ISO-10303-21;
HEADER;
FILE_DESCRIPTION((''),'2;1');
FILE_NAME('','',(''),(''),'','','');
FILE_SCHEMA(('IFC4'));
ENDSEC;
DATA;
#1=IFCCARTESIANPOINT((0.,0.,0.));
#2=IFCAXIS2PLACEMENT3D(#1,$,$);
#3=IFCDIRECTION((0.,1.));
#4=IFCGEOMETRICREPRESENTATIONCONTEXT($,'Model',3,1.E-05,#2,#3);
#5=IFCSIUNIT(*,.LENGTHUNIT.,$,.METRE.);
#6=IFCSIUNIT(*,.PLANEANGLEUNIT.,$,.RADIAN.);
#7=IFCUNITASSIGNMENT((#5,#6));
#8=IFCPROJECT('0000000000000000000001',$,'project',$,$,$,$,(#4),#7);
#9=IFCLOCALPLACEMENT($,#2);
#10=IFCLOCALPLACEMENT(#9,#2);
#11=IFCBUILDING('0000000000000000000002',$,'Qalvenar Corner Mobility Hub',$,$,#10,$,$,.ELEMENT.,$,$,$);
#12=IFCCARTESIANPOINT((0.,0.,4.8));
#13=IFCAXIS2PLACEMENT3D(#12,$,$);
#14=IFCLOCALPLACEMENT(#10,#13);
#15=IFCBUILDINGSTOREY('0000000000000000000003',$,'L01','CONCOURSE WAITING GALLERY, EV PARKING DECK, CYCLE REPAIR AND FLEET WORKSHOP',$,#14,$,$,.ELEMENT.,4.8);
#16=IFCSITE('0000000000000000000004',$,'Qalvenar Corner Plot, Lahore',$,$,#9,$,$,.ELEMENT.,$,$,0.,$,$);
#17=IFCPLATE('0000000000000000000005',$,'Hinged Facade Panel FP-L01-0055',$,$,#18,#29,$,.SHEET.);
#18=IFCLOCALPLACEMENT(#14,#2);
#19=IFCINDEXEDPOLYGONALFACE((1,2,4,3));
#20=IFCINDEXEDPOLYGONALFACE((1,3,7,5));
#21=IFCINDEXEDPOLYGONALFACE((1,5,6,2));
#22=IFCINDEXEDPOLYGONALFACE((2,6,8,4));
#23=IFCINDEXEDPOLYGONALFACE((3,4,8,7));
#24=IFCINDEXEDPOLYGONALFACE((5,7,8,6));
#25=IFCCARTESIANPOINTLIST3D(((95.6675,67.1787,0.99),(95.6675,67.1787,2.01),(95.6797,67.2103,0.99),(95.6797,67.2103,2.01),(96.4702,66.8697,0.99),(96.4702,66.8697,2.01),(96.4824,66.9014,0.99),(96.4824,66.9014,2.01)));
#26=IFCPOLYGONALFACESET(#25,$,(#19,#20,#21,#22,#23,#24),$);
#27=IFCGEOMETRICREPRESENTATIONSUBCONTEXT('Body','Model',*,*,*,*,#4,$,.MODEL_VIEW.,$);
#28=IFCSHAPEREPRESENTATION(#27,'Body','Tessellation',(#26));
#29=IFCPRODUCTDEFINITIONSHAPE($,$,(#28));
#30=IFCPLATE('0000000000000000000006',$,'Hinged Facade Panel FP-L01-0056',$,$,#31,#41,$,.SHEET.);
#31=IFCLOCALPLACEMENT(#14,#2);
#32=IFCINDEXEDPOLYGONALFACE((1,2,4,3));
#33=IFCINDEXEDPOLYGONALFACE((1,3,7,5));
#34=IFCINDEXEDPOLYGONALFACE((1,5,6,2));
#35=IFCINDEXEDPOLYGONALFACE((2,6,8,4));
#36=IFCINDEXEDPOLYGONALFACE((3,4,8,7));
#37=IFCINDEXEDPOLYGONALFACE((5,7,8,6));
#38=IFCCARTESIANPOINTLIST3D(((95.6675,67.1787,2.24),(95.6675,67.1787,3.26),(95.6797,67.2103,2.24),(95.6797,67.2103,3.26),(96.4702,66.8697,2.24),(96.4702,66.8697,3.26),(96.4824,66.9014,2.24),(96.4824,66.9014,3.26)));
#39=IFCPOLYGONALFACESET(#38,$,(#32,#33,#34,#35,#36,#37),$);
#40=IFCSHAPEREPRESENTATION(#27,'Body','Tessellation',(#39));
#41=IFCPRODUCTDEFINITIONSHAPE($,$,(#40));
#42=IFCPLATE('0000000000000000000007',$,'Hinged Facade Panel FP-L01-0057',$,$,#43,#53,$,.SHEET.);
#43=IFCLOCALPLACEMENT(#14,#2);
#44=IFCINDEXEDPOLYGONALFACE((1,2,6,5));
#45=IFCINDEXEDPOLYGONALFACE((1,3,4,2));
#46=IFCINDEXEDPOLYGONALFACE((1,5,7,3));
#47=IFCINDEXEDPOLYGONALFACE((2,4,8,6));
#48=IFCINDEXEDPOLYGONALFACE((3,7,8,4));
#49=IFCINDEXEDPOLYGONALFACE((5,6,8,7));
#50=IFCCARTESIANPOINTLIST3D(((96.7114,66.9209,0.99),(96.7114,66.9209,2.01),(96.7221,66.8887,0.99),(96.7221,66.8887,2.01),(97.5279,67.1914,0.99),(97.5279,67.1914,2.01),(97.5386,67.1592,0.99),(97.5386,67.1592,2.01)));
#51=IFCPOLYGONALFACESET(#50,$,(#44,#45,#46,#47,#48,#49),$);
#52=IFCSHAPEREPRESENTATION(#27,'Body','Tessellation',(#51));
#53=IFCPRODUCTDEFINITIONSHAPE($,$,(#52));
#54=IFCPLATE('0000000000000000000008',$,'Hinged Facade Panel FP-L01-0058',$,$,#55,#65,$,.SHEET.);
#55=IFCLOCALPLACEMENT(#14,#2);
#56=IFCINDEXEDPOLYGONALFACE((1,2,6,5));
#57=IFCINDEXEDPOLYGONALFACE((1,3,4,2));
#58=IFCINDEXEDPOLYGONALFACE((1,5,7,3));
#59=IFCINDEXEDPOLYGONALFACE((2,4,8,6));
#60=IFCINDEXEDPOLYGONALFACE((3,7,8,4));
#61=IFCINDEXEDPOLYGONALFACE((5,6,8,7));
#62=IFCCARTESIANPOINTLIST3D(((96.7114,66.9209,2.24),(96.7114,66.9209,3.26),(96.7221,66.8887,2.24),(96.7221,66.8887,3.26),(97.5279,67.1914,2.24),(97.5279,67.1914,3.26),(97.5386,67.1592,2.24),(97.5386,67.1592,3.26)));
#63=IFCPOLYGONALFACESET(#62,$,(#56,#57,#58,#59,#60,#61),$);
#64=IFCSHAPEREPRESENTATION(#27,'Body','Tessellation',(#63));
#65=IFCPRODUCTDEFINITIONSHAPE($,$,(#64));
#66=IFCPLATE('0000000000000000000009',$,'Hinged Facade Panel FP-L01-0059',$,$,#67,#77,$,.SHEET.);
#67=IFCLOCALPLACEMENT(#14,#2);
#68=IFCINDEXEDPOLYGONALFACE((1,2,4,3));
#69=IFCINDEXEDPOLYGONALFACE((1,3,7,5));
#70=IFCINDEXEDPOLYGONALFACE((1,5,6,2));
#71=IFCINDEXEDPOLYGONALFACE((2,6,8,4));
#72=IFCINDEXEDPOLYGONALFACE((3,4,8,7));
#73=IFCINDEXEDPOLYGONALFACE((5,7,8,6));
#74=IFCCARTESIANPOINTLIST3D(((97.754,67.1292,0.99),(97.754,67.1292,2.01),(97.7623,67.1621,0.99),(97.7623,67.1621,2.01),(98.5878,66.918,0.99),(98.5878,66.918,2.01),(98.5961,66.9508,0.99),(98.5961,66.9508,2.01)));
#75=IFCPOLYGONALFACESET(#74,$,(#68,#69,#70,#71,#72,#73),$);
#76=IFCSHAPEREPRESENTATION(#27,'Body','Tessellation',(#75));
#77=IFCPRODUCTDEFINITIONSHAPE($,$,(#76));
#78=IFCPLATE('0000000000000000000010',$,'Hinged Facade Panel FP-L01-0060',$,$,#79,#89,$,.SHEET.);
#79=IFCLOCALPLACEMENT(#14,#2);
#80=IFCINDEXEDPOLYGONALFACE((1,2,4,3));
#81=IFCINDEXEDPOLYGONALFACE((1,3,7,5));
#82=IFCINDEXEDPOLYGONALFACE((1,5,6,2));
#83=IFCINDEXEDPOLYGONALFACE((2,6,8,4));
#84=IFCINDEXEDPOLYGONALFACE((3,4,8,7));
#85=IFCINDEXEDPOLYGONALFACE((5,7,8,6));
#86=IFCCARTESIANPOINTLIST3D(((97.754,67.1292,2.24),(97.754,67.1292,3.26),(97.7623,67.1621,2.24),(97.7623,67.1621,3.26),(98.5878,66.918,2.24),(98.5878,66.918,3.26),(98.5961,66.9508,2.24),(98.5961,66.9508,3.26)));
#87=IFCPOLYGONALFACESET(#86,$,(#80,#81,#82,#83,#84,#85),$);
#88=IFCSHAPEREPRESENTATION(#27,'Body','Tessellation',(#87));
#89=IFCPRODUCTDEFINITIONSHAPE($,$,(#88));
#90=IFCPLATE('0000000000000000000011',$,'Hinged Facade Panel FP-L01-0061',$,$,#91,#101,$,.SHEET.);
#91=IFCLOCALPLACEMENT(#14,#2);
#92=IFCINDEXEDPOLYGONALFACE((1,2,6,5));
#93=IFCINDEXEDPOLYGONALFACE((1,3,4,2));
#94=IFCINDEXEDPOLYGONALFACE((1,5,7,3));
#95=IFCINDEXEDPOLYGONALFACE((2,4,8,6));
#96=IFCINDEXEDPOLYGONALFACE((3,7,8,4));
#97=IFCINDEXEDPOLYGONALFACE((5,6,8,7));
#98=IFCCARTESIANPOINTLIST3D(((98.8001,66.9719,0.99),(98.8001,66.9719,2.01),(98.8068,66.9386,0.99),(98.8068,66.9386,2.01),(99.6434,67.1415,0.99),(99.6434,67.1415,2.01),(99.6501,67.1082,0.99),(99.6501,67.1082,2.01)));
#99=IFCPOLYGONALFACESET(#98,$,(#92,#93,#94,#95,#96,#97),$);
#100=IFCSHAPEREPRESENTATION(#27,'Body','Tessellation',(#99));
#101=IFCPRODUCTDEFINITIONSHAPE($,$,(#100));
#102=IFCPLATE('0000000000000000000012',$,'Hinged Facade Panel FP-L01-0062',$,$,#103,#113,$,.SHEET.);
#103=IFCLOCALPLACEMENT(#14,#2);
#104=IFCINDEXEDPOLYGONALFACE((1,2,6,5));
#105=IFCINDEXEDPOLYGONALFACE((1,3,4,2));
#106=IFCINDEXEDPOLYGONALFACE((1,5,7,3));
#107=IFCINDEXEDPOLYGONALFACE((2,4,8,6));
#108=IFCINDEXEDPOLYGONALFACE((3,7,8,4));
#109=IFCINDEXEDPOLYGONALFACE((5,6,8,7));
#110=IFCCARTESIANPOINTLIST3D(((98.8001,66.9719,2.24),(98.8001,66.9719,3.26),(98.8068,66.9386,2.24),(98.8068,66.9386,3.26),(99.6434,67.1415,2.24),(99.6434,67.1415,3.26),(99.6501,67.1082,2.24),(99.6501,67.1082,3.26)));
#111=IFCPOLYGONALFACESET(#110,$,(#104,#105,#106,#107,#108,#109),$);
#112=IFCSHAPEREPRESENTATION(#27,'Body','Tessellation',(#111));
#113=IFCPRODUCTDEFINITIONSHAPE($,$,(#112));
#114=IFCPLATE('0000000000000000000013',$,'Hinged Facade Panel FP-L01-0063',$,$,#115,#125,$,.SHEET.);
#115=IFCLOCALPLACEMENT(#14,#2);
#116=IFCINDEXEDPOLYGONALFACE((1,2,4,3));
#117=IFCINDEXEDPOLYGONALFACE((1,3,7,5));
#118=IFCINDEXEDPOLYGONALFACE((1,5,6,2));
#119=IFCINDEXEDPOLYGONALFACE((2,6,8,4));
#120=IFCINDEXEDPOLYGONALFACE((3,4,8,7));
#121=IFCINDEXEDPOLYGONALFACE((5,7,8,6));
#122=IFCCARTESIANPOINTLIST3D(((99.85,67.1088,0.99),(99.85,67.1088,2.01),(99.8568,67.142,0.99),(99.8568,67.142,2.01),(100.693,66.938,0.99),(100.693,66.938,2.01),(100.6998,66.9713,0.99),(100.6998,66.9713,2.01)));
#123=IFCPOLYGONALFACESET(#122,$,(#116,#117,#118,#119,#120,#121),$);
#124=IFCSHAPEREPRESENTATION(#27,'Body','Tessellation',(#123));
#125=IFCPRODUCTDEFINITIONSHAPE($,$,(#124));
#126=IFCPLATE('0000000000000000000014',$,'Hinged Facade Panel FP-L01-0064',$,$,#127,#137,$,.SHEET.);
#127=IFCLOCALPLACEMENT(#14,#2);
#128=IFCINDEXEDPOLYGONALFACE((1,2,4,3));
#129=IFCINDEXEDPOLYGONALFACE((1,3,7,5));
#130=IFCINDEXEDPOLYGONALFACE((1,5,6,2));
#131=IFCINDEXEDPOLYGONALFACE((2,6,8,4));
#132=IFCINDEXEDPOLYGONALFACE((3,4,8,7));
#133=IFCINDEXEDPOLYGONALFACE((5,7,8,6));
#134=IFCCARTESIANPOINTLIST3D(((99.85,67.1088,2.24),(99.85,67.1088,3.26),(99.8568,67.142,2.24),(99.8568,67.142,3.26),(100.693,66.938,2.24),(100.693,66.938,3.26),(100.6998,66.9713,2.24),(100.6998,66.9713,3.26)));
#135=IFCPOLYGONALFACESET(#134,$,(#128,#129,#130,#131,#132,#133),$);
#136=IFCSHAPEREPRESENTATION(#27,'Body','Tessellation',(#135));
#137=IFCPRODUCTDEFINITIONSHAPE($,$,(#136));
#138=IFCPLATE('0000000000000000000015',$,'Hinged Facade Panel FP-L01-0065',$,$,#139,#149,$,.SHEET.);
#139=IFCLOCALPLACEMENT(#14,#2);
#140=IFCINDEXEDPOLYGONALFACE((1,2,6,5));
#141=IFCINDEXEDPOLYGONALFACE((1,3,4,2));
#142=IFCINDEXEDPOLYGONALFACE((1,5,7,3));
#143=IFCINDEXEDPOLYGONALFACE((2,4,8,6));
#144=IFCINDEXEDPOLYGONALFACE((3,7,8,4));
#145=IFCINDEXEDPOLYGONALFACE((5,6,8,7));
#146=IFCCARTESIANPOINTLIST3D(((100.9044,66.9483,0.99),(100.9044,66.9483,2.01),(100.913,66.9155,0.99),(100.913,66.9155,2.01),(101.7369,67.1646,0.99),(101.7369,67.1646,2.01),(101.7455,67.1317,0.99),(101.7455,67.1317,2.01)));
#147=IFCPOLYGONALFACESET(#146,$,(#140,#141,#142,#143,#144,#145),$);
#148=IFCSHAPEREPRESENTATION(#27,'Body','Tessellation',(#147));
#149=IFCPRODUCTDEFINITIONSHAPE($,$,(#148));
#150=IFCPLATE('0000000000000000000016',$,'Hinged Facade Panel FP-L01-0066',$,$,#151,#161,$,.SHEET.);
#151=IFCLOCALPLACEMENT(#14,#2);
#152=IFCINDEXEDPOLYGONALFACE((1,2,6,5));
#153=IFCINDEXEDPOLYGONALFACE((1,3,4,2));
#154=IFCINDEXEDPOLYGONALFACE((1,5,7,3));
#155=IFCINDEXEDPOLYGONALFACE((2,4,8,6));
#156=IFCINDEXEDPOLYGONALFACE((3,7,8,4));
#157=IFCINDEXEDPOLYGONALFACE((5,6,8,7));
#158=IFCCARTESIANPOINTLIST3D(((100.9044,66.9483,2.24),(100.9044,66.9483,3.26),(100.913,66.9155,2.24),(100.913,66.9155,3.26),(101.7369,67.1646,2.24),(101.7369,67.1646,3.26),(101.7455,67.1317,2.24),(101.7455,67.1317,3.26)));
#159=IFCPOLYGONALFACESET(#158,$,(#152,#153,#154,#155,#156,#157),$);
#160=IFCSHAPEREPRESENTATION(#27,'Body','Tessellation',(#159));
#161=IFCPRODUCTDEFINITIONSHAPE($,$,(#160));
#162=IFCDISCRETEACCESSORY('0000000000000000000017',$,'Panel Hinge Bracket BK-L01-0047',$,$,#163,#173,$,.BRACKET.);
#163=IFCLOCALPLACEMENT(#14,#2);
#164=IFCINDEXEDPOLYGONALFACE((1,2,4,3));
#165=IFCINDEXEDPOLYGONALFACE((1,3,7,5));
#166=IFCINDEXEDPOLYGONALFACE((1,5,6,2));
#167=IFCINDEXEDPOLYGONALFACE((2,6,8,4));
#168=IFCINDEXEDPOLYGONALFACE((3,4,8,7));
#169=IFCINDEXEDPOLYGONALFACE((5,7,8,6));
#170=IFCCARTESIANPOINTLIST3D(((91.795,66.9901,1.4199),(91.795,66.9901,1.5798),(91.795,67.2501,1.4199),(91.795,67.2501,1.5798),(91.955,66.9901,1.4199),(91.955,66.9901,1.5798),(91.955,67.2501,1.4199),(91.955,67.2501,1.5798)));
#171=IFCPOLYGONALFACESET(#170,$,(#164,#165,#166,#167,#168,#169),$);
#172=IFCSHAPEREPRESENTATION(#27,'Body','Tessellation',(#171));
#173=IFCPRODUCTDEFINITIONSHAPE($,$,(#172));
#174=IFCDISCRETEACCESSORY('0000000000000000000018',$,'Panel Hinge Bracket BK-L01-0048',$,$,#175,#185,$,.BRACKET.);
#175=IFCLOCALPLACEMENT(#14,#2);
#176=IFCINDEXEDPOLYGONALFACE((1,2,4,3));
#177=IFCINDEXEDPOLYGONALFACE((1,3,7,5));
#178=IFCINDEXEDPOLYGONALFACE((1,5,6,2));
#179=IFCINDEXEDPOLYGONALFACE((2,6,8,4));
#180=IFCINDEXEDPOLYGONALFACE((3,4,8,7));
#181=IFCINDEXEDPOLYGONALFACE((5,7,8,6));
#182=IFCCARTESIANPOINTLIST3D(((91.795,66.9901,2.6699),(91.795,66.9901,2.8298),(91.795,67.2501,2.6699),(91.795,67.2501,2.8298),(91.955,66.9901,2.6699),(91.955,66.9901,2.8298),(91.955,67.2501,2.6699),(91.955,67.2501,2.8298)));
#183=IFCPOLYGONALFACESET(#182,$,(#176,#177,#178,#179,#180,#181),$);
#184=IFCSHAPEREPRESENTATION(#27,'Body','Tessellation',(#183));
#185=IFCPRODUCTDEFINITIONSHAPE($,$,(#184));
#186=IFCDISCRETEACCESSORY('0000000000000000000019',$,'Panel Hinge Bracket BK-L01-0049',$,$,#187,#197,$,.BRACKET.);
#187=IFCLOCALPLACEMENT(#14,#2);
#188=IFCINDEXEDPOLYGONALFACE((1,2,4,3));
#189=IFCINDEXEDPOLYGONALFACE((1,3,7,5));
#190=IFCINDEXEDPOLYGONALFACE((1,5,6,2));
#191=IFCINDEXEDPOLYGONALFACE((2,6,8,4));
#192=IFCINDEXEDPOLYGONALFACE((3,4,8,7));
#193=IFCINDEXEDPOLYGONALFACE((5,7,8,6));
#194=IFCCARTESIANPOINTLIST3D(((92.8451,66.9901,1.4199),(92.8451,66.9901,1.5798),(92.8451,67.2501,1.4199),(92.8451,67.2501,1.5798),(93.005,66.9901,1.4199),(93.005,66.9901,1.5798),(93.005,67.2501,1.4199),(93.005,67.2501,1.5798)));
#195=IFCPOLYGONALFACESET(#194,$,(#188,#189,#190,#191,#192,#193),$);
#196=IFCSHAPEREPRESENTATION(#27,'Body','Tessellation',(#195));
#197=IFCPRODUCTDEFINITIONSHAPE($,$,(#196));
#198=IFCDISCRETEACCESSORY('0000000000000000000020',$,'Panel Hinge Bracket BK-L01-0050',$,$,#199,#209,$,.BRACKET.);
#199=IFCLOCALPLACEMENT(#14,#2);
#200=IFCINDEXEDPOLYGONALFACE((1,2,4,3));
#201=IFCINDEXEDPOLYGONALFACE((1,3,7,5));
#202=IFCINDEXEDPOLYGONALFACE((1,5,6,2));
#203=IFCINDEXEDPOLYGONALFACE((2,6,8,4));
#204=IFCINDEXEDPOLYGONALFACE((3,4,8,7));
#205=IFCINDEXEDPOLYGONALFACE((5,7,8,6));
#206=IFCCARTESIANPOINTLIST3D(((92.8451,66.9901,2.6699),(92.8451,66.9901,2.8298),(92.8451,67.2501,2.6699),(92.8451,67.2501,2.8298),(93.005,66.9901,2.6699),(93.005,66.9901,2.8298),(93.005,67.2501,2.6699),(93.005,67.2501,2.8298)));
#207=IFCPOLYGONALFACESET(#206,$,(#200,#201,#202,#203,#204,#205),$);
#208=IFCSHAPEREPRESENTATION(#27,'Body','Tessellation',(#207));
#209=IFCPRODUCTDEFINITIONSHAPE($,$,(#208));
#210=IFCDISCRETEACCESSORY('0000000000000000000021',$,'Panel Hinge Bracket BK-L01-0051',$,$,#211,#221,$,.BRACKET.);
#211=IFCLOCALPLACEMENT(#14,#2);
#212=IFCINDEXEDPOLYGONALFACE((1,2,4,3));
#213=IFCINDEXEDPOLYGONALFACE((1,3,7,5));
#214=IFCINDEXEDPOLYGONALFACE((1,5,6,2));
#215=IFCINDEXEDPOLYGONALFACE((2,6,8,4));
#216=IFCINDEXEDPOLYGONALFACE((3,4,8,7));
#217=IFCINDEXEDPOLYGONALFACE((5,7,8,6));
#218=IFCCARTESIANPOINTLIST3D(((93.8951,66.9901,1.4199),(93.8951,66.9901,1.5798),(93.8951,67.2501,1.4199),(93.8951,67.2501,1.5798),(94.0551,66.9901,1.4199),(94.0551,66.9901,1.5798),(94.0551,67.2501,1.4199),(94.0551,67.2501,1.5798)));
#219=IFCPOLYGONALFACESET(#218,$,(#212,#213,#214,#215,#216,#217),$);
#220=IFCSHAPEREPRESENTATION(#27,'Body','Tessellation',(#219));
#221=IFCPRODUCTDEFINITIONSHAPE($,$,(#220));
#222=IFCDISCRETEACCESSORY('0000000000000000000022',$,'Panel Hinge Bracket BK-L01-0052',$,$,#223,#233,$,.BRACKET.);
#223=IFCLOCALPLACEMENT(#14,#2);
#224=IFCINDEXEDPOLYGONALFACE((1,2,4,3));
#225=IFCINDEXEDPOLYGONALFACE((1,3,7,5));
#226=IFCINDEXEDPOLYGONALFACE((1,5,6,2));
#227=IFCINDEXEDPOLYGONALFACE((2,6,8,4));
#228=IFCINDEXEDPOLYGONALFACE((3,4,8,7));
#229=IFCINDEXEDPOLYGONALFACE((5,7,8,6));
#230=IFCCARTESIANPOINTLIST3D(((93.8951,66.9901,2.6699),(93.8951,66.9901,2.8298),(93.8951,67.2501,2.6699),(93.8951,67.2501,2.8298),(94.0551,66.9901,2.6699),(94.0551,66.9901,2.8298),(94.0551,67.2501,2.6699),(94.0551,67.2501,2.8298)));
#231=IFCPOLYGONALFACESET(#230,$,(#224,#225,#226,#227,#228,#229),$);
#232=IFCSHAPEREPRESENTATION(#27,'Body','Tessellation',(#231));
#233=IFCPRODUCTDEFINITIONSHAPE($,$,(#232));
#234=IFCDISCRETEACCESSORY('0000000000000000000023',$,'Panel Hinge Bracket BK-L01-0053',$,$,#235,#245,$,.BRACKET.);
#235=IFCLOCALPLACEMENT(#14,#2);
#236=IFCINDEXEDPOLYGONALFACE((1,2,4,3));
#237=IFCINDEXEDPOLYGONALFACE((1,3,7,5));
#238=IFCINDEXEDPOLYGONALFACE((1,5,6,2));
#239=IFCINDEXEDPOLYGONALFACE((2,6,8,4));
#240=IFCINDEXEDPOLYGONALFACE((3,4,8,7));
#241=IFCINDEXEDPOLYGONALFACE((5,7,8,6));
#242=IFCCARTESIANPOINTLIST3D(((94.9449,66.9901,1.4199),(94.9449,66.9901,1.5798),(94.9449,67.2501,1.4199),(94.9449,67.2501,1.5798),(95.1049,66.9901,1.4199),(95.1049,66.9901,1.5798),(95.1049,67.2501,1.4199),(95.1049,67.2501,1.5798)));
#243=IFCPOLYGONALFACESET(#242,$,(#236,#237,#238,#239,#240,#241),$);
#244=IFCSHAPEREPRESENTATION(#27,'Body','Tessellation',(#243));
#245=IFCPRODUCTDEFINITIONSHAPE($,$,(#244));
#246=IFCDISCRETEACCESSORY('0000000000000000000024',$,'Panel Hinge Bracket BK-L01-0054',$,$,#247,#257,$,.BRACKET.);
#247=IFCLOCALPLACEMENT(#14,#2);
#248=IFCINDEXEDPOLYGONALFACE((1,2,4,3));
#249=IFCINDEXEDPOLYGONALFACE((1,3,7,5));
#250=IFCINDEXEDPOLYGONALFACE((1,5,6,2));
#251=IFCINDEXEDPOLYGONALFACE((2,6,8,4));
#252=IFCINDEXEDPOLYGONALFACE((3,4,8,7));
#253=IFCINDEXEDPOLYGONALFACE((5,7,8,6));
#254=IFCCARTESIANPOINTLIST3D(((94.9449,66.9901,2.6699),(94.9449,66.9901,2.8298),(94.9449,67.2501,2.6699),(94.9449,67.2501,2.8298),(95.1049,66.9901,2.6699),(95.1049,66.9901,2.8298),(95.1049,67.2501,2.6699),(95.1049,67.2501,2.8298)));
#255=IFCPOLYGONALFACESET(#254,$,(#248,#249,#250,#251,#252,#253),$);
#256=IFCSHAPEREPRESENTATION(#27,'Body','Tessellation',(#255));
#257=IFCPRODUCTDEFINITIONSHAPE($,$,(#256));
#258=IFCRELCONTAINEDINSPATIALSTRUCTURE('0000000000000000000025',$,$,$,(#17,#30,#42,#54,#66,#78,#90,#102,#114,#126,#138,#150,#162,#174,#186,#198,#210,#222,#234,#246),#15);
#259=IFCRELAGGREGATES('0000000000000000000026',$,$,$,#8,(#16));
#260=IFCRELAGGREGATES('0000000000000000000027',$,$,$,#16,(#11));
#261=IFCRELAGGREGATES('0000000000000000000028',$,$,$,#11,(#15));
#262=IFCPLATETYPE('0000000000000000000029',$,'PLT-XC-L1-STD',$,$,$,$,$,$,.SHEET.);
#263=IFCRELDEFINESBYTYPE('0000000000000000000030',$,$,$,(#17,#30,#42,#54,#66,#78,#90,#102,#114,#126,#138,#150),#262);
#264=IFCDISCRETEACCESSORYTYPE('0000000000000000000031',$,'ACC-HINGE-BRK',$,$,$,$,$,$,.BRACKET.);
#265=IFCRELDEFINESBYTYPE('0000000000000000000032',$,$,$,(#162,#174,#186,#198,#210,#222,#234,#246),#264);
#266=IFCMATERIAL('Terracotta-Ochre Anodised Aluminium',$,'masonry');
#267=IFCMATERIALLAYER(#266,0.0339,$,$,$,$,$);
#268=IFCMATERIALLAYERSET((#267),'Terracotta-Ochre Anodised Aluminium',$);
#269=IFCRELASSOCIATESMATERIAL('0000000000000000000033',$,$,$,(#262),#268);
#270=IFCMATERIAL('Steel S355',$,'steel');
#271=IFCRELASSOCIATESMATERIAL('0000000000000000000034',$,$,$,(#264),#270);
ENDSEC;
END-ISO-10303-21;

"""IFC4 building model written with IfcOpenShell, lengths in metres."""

from ifc_helpers import new_model, si_unit, direction, frame, origin, origin_2d, place, context, subcontext, project, spatial, rectangle, extrude, material, layer, layer_set, type_object, element, save


model = new_model("IFC4")

# Units and contexts
model_context = context("Model", 3, precision=1e-05, world=origin(), true_north=direction((0.0, 1.0)))
body_context = subcontext(model_context, "Body", "Model", "MODEL_VIEW")
ifc_project = project(units=[si_unit("LENGTHUNIT", "METRE"), si_unit("PLANEANGLEUNIT", "RADIAN")], contexts=[model_context])

# Site, building, storey
site_placement = place(None, origin())
site = spatial("IfcSite", under=ifc_project, at=site_placement, Name="Qalvenar Corner Plot, Lahore", CompositionType="ELEMENT", RefElevation=0.0)
building_placement = place(site_placement, origin())
building = spatial("IfcBuilding", under=site, at=building_placement, Name="Qalvenar Corner Mobility Hub", CompositionType="ELEMENT")
storey_placement = place(building_placement, frame((0.0, 0.0, 4.8)))
storey = spatial("IfcBuildingStorey", under=building, at=storey_placement, Name="L01", Description="CONCOURSE WAITING GALLERY, EV PARKING DECK, CYCLE REPAIR AND FLEET WORKSHOP", CompositionType="ELEMENT", Elevation=4.8)

# Plates
ifc_material_1 = material(Name="Terracotta-Ochre Anodised Aluminium", Category="masonry")
ifc_layer = layer(ifc_material_1, 0.0339)
ifc_layer_set = layer_set([ifc_layer], Name="Terracotta-Ochre Anodised Aluminium")
plate_type = type_object("IfcPlateType", Name="PLT-XC-L1-STD", PredefinedType="SHEET", material=ifc_layer_set)
for number, where, z_axis, x_axis, name in (
    (1, (96.075, 67.04, 0.99), (0.0, 0.0, 1.0), (0.933267, -0.359183, 0.0), "Hinged Facade Panel FP-L01-0055"),
    (2, (96.075, 67.04, 2.24), (0.0, 0.0, 1.0), (0.933267, -0.359183, 0.0), "Hinged Facade Panel FP-L01-0056"),
    (3, (97.125, 67.04, 0.99), (0.0, 0.0, 1.0), (0.949261, 0.31449, 0.0), "Hinged Facade Panel FP-L01-0057"),
    (4, (97.125, 67.04, 2.24), (0.0, 0.0, 1.0), (0.949261, 0.31449, 0.0), "Hinged Facade Panel FP-L01-0058"),
    (5, (98.175, 67.04, 0.99), (0.0, 0.0, 1.0), (0.96936, -0.245646, 0.0), "Hinged Facade Panel FP-L01-0059"),
    (6, (98.175, 67.04, 2.24), (0.0, 0.0, 1.0), (0.96936, -0.245646, 0.0), "Hinged Facade Panel FP-L01-0060"),
    (7, (99.2251, 67.04, 0.99), (0.0, 0.0, 1.0), (0.980375, 0.197144, 0.0), "Hinged Facade Panel FP-L01-0061"),
    (8, (99.2251, 67.04, 2.24), (0.0, 0.0, 1.0), (0.980375, 0.197144, 0.0), "Hinged Facade Panel FP-L01-0062"),
    (9, (100.2749, 67.04, 0.99), (0.0, 0.0, 1.0), (0.980098, -0.198513, 0.0), "Hinged Facade Panel FP-L01-0063"),
    (10, (100.2749, 67.04, 2.24), (0.0, 0.0, 1.0), (0.980098, -0.198513, 0.0), "Hinged Facade Panel FP-L01-0064"),
    (11, (101.325, 67.04, 0.99), (0.0, 0.0, 1.0), (0.967885, 0.251394, 0.0), "Hinged Facade Panel FP-L01-0065"),
    (12, (101.325, 67.04, 2.24), (0.0, 0.0, 1.0), (0.967885, 0.251394, 0.0), "Hinged Facade Panel FP-L01-0066"),
):
    element("IfcPlate", number, at=place(storey_placement, frame(where, z_axis=z_axis, x_axis=x_axis)), inside=storey, type_object=plate_type, Name=name, PredefinedType="SHEET", context=body_context, shape_type="SweptSolid", body=[
        extrude(rectangle(XDim=0.8601, YDim=0.0339, at=origin_2d()), origin(), (0.0, 0.0, 1.0), 1.02),
    ])

# Discrete accessories
ifc_material_2 = material(Name="Steel S355", Category="steel")
discrete_accessory_type = type_object("IfcDiscreteAccessoryType", Name="ACC-HINGE-BRK", PredefinedType="BRACKET", material=ifc_material_2)
for number, where, z_axis, x_axis, name in (
    (13, (91.875, 67.1201, 1.4199), (0.0, 0.0, 1.0), (1.0, 0.0, 0.0), "Panel Hinge Bracket BK-L01-0047"),
    (14, (91.875, 67.1201, 2.6699), (0.0, 0.0, 1.0), (1.0, 0.0, 0.0), "Panel Hinge Bracket BK-L01-0048"),
    (15, (92.925, 67.1201, 1.4199), (0.0, 0.0, 1.0), (1.0, 0.0, 0.0), "Panel Hinge Bracket BK-L01-0049"),
    (16, (92.925, 67.1201, 2.6699), (0.0, 0.0, 1.0), (1.0, 0.0, 0.0), "Panel Hinge Bracket BK-L01-0050"),
    (17, (93.9751, 67.1201, 1.4199), (0.0, 0.0, 1.0), (1.0, 0.0, 0.0), "Panel Hinge Bracket BK-L01-0051"),
    (18, (93.9751, 67.1201, 2.6699), (0.0, 0.0, 1.0), (1.0, 0.0, 0.0), "Panel Hinge Bracket BK-L01-0052"),
    (19, (95.0249, 67.1201, 1.4199), (0.0, 0.0, 1.0), (1.0, 0.0, 0.0), "Panel Hinge Bracket BK-L01-0053"),
    (20, (95.0249, 67.1201, 2.6699), (0.0, 0.0, 1.0), (1.0, 0.0, 0.0), "Panel Hinge Bracket BK-L01-0054"),
):
    element("IfcDiscreteAccessory", number, at=place(storey_placement, frame(where, z_axis=z_axis, x_axis=x_axis)), inside=storey, type_object=discrete_accessory_type, Name=name, PredefinedType="BRACKET", context=body_context, shape_type="SweptSolid", body=[
        extrude(rectangle(XDim=0.1599, YDim=0.26, at=origin_2d()), origin(), (0.0, 0.0, 1.0), 0.1599),
    ])

save(model, "model.ifc")
